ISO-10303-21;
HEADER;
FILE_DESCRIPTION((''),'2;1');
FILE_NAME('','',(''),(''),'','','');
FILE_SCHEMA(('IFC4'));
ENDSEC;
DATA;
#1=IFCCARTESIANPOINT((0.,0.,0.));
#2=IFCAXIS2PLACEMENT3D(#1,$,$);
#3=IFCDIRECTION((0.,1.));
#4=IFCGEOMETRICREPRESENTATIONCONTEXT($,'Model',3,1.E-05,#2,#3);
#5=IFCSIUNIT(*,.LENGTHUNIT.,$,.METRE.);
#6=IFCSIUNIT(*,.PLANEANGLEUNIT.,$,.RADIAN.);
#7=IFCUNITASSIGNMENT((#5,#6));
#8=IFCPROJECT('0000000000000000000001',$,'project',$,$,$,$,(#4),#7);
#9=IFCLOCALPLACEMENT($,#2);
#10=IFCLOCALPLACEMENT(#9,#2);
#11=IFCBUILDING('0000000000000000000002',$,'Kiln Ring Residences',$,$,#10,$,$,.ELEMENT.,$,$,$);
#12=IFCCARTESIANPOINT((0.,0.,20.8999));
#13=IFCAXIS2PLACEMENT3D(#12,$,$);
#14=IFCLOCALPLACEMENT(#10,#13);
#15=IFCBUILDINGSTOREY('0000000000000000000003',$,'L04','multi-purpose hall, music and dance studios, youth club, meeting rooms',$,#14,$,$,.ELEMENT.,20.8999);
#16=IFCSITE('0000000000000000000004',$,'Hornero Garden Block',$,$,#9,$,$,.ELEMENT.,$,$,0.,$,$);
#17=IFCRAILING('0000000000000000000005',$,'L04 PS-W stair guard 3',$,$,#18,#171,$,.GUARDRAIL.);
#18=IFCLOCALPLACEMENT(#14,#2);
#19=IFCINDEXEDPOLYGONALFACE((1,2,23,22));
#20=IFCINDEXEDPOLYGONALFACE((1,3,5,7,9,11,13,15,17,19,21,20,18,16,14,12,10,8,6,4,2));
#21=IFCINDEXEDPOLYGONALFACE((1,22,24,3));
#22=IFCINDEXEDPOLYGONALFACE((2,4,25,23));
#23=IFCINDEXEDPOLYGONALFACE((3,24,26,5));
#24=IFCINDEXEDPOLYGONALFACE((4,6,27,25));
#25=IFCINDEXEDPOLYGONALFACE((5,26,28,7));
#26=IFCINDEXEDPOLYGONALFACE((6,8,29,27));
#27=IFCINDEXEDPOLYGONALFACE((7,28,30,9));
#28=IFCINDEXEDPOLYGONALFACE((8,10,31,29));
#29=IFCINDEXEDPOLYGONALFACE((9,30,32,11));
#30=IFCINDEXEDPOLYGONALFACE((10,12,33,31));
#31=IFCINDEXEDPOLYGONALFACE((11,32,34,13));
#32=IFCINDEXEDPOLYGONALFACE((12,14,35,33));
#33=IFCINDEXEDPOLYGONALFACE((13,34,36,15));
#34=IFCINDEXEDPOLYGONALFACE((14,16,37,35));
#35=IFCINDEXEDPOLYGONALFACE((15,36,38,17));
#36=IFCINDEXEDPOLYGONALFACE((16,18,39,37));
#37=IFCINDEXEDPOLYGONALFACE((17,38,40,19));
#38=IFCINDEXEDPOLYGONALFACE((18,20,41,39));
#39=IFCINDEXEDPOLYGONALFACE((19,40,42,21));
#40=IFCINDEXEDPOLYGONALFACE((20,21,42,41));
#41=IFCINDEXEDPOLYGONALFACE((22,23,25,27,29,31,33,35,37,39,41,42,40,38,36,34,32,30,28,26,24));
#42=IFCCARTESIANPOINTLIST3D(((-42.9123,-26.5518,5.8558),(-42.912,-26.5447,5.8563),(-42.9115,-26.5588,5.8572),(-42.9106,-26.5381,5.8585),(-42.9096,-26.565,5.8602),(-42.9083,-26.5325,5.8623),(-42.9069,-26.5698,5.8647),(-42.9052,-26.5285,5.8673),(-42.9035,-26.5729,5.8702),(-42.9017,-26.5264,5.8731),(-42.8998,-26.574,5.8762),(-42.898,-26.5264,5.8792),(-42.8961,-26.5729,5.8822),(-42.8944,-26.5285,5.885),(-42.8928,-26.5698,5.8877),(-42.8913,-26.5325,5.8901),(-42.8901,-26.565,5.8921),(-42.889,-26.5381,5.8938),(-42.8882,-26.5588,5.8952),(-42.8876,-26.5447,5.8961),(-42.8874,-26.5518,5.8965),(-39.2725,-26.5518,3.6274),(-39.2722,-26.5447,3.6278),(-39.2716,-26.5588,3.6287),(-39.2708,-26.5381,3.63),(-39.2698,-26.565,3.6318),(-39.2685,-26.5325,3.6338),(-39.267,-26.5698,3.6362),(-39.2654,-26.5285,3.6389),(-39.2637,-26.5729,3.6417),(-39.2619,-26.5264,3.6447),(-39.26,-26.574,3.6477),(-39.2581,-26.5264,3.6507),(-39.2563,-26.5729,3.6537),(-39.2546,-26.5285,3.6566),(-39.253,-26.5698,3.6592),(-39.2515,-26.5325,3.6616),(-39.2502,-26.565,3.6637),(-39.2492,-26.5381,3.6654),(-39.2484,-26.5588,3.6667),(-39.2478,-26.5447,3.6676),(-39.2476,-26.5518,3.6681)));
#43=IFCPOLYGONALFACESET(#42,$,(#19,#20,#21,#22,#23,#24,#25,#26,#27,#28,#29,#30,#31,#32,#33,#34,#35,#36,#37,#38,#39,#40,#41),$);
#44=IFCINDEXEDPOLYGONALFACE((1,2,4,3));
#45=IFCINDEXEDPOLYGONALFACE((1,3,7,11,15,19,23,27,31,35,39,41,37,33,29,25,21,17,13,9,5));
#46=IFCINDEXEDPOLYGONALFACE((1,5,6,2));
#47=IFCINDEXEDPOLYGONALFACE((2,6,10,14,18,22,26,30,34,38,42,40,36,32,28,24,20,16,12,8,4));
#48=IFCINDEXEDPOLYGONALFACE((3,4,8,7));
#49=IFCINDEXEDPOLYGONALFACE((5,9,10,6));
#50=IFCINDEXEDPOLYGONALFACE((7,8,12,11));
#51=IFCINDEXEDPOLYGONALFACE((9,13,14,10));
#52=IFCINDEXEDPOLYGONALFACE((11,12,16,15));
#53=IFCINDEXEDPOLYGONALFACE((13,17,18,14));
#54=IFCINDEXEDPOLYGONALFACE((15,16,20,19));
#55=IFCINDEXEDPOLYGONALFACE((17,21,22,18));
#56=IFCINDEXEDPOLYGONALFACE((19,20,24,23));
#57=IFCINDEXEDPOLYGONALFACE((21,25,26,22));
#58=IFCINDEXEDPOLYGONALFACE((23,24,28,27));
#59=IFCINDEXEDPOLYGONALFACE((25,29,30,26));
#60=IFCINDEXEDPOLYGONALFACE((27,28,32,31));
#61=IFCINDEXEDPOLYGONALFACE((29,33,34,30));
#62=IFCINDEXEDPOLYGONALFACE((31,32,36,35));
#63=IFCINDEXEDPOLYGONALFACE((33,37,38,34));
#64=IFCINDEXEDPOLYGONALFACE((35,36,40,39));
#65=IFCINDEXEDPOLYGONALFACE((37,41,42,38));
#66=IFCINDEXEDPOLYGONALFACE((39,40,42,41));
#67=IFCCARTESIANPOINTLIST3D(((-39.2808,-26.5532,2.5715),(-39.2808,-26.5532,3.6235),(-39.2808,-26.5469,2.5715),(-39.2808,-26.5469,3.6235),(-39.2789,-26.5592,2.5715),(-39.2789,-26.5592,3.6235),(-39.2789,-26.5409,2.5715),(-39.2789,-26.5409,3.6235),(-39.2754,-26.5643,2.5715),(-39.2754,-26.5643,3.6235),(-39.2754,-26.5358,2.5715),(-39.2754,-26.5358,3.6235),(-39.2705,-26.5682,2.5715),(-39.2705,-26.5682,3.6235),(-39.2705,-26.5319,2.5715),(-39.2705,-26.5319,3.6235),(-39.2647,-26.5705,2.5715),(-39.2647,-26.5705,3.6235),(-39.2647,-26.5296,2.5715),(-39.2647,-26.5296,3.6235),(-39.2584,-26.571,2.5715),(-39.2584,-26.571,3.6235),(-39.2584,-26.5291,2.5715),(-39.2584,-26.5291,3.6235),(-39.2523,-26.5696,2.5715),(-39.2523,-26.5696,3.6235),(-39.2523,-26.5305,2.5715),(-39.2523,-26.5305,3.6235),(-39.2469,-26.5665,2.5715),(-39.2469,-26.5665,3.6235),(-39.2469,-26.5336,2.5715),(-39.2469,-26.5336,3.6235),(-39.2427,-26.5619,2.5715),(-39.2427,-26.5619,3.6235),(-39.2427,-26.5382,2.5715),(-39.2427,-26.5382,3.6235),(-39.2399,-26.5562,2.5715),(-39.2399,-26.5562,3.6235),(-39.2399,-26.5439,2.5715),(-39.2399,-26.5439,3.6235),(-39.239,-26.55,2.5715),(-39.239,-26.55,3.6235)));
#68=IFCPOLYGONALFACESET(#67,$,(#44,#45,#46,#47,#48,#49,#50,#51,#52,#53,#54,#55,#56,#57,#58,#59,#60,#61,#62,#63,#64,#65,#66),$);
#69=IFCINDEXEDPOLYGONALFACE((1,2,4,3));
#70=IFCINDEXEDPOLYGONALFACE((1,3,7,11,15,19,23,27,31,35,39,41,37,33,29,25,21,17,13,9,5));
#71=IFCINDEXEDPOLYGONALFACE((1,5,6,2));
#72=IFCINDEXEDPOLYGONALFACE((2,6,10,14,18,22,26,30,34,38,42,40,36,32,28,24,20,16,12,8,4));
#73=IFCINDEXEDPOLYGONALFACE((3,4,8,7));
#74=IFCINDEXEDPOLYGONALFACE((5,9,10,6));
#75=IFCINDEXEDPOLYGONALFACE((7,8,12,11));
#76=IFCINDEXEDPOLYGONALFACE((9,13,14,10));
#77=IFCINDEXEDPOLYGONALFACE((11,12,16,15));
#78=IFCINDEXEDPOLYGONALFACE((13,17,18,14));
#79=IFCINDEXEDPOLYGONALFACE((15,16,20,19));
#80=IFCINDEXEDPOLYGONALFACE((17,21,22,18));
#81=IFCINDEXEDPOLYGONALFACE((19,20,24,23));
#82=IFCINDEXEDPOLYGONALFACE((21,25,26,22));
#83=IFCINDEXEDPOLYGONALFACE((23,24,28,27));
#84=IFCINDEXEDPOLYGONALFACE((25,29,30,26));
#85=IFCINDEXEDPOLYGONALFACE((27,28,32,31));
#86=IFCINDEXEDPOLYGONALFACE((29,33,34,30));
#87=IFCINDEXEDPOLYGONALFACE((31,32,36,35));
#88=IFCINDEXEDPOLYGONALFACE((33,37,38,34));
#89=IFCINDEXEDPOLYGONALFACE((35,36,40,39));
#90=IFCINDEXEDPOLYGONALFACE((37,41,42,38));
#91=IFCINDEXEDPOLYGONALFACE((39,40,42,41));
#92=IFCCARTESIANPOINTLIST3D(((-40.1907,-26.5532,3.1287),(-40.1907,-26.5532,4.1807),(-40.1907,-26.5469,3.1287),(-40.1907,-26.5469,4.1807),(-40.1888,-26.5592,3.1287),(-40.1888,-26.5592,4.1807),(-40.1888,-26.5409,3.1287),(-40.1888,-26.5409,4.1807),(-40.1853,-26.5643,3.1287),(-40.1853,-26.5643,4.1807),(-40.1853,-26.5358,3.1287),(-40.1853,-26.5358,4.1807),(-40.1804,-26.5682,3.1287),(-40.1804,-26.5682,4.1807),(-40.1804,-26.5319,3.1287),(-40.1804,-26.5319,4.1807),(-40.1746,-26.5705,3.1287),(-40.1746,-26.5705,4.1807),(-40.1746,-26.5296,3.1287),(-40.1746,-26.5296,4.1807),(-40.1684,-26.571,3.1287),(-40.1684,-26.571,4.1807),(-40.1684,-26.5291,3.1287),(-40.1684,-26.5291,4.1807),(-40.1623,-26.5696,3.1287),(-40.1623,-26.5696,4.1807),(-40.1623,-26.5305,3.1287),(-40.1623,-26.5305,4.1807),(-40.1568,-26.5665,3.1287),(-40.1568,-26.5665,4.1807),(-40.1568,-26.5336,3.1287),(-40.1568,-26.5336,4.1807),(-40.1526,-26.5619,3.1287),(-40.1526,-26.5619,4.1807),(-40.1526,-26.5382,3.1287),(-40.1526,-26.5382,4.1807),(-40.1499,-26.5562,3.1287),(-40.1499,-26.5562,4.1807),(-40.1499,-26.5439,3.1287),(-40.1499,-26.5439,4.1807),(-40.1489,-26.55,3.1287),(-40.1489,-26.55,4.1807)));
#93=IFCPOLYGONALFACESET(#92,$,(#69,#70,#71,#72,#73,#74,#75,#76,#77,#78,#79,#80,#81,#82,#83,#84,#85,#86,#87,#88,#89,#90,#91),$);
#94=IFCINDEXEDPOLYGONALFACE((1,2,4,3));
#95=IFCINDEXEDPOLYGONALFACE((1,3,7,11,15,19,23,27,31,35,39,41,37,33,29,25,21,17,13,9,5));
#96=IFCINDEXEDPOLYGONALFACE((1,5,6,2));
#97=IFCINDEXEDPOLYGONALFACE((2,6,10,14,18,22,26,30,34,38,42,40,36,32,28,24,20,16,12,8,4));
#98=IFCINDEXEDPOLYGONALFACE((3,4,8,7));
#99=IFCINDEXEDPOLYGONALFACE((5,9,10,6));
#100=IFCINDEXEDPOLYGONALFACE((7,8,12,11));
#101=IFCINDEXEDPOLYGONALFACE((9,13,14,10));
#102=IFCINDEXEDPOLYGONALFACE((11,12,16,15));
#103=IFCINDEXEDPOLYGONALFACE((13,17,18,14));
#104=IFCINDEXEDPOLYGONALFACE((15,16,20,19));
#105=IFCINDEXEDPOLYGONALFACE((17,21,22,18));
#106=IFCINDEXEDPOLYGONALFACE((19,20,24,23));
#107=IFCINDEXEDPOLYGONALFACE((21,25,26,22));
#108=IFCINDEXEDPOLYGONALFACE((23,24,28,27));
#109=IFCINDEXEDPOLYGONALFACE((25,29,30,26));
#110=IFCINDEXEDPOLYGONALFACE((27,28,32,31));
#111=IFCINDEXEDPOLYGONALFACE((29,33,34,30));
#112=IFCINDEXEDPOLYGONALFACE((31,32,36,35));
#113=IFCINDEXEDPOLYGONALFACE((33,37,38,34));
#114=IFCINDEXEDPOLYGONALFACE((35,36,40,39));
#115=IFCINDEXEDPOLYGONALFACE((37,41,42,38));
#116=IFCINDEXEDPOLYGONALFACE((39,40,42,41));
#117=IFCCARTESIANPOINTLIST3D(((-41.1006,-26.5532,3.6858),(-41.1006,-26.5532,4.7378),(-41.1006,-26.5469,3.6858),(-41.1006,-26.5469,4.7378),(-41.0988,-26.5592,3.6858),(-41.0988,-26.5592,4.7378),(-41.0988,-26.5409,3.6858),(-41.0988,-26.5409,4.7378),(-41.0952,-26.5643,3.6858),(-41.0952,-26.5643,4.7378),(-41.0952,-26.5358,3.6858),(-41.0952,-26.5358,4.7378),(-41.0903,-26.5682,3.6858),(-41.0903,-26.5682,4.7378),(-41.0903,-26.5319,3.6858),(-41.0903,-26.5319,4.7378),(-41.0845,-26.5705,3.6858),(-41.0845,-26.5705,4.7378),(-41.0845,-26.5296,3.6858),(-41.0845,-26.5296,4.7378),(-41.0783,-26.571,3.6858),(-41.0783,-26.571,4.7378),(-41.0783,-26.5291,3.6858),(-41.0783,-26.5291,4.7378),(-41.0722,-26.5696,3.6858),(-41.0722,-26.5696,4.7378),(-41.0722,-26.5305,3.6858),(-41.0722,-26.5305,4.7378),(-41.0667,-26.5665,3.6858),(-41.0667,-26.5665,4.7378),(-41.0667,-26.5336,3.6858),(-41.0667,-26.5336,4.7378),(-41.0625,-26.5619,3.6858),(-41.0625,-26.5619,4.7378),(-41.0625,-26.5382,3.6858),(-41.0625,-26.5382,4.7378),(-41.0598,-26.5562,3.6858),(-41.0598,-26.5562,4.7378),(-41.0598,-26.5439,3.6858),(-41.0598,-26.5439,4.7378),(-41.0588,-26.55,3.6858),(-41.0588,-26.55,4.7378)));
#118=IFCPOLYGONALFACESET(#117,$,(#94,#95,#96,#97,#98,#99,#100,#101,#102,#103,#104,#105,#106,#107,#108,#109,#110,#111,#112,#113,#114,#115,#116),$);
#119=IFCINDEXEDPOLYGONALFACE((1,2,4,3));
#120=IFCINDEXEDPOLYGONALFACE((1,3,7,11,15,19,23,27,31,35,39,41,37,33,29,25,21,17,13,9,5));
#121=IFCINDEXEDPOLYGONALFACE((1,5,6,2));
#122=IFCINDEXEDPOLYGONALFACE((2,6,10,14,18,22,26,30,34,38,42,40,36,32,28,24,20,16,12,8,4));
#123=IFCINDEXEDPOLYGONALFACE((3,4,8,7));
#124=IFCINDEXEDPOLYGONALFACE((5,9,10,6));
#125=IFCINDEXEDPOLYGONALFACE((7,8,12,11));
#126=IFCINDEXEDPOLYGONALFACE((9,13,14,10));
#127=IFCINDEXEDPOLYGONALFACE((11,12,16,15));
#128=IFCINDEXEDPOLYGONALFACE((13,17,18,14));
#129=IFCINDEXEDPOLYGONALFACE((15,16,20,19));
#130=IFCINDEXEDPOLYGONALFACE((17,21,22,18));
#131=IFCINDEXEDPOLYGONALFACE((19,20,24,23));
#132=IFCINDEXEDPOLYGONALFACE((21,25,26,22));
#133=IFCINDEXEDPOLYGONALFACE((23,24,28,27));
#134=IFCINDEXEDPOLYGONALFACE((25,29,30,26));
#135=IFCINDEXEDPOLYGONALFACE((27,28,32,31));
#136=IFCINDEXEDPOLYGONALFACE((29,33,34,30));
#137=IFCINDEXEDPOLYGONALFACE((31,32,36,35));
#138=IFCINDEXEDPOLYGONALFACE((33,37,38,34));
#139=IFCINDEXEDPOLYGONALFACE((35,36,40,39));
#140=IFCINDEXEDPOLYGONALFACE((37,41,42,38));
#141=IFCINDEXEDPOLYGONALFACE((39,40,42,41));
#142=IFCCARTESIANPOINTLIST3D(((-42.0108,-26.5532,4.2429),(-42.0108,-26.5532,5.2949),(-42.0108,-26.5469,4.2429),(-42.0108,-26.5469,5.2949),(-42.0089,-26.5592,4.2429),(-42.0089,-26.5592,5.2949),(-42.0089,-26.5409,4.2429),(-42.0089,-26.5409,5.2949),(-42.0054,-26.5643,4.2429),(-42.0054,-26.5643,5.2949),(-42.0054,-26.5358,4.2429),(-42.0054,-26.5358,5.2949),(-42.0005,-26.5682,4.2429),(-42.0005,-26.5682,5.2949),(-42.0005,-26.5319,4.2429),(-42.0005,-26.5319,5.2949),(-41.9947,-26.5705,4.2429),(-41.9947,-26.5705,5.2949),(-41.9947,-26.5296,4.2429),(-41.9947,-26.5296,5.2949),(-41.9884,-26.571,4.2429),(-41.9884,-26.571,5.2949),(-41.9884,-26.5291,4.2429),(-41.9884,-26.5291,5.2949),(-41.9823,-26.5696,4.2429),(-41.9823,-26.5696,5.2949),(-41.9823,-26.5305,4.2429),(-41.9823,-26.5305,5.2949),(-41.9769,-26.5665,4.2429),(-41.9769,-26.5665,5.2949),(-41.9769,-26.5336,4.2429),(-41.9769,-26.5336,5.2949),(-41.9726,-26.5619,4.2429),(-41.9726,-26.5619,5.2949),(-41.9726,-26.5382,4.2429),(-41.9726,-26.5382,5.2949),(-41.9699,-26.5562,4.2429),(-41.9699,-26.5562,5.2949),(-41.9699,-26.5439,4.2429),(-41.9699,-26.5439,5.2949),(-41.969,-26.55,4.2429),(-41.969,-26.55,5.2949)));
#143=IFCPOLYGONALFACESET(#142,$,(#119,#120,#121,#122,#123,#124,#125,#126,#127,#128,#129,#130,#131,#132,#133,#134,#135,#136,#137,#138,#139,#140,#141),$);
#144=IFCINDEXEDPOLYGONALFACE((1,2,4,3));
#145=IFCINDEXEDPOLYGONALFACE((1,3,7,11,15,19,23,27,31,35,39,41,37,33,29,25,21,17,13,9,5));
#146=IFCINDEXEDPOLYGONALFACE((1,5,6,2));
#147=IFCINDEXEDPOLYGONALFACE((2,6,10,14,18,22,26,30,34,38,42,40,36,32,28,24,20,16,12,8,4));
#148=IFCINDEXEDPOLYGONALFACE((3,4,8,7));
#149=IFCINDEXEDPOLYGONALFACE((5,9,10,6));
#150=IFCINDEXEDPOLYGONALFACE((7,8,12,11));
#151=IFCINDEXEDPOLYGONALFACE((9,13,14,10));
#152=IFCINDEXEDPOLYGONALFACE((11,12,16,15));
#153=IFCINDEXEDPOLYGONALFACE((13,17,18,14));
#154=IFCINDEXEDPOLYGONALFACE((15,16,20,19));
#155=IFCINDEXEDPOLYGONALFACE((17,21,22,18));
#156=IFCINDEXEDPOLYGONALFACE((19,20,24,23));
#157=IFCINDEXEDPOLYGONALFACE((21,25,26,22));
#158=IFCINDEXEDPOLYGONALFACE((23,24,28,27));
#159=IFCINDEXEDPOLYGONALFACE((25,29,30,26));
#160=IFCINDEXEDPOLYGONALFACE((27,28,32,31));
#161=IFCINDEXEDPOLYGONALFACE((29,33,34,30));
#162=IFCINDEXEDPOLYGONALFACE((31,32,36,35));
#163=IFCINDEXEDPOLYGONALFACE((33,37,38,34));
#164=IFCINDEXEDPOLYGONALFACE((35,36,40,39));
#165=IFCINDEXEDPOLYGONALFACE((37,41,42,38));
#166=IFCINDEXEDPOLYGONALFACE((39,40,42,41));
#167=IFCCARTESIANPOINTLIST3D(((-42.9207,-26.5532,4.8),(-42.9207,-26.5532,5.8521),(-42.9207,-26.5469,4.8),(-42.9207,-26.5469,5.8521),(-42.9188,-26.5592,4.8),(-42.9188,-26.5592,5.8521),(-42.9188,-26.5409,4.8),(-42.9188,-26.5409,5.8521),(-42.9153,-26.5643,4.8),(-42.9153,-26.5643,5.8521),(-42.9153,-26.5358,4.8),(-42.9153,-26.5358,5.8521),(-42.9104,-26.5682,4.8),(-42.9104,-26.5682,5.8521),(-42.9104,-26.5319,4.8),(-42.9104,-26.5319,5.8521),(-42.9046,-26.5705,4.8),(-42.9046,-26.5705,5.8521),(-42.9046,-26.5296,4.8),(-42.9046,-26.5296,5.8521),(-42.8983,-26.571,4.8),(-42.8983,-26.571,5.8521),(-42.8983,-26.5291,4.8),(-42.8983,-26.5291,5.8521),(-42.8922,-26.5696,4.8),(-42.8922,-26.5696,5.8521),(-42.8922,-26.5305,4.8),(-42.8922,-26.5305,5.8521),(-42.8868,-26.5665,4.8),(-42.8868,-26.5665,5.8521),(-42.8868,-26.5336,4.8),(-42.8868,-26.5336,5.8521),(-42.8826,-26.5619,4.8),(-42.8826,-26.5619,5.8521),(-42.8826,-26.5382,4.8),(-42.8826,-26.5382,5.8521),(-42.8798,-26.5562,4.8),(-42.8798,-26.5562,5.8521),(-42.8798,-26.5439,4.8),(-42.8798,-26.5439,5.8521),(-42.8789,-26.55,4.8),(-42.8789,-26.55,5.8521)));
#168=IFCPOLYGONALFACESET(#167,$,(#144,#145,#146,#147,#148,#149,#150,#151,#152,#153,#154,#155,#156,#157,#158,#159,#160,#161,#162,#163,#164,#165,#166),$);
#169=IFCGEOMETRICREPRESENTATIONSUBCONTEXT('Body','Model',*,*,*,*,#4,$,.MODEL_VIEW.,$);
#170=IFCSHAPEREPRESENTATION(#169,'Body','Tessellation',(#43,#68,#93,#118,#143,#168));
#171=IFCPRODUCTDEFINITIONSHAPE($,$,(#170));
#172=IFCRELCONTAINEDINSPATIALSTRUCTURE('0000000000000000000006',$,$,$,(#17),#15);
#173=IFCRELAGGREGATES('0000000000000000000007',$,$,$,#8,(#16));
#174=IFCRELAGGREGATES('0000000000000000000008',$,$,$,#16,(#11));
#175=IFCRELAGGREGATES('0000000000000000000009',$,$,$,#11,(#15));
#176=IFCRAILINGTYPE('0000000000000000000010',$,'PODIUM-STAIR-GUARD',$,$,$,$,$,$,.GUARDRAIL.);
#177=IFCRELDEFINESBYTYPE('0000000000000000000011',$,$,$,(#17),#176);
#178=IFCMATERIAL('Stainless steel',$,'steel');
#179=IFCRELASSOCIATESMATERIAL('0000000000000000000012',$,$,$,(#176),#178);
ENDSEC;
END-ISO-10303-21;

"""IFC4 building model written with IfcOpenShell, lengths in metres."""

from ifc_helpers import new_model, si_unit, direction, frame, origin, origin_2d, place, context, subcontext, project, spatial, circle, extrude, material, type_object, element, save


model = new_model("IFC4")

# Units and contexts
model_context = context("Model", 3, precision=1e-05, world=origin(), true_north=direction((0.0, 1.0)))
body_context = subcontext(model_context, "Body", "Model", "MODEL_VIEW")
ifc_project = project(units=[si_unit("LENGTHUNIT", "METRE"), si_unit("PLANEANGLEUNIT", "RADIAN")], contexts=[model_context])

# Site, building, storey
site_placement = place(None, origin())
site = spatial("IfcSite", under=ifc_project, at=site_placement, Name="Hornero Garden Block", CompositionType="ELEMENT", RefElevation=0.0)
building_placement = place(site_placement, origin())
building = spatial("IfcBuilding", under=site, at=building_placement, Name="Kiln Ring Residences", CompositionType="ELEMENT")
storey_placement = place(building_placement, frame((0.0, 0.0, 20.8999)))
storey = spatial("IfcBuildingStorey", under=building, at=storey_placement, Name="L04", Description="multi-purpose hall, music and dance studios, youth club, meeting rooms", CompositionType="ELEMENT", Elevation=20.8999)

# Railing
ifc_material_1 = material(Name="Stainless steel", Category="steel")
railing_type_1 = type_object("IfcRailingType", Name="PODIUM-STAIR-GUARD", PredefinedType="GUARDRAIL", material=ifc_material_1)
railing_1_placement = place(storey_placement, frame((-39.26, -26.55, 2.5715)))
element("IfcRailing", 1, at=railing_1_placement, inside=storey, type_object=railing_type_1, Name="L04 PS-W stair guard 3", PredefinedType="GUARDRAIL", context=body_context, shape_type="SweptSolid", body=[
    extrude(circle(Radius=0.0239, at=origin_2d()), frame((0.0, 0.0, 1.0762), z_axis=(-0.85285, 0.0, 0.522156), x_axis=(0.0, -1.0, 0.0)), (0.0, 0.0, 1.0), 4.2678),
    extrude(circle(Radius=0.021, at=origin_2d()), origin(), (0.0, 0.0, 1.0), 1.052),
    extrude(circle(Radius=0.021, at=origin_2d()), frame((-0.9099, 0.0, 0.5571)), (0.0, 0.0, 1.0), 1.052),
    extrude(circle(Radius=0.021, at=origin_2d()), frame((-1.8198, 0.0, 1.1143)), (0.0, 0.0, 1.0), 1.052),
    extrude(circle(Radius=0.021, at=origin_2d()), frame((-2.73, 0.0, 1.6714)), (0.0, 0.0, 1.0), 1.052),
    extrude(circle(Radius=0.021, at=origin_2d()), frame((-3.6399, 0.0, 2.2285)), (0.0, 0.0, 1.0), 1.052),
])

save(model, "model.ifc")
